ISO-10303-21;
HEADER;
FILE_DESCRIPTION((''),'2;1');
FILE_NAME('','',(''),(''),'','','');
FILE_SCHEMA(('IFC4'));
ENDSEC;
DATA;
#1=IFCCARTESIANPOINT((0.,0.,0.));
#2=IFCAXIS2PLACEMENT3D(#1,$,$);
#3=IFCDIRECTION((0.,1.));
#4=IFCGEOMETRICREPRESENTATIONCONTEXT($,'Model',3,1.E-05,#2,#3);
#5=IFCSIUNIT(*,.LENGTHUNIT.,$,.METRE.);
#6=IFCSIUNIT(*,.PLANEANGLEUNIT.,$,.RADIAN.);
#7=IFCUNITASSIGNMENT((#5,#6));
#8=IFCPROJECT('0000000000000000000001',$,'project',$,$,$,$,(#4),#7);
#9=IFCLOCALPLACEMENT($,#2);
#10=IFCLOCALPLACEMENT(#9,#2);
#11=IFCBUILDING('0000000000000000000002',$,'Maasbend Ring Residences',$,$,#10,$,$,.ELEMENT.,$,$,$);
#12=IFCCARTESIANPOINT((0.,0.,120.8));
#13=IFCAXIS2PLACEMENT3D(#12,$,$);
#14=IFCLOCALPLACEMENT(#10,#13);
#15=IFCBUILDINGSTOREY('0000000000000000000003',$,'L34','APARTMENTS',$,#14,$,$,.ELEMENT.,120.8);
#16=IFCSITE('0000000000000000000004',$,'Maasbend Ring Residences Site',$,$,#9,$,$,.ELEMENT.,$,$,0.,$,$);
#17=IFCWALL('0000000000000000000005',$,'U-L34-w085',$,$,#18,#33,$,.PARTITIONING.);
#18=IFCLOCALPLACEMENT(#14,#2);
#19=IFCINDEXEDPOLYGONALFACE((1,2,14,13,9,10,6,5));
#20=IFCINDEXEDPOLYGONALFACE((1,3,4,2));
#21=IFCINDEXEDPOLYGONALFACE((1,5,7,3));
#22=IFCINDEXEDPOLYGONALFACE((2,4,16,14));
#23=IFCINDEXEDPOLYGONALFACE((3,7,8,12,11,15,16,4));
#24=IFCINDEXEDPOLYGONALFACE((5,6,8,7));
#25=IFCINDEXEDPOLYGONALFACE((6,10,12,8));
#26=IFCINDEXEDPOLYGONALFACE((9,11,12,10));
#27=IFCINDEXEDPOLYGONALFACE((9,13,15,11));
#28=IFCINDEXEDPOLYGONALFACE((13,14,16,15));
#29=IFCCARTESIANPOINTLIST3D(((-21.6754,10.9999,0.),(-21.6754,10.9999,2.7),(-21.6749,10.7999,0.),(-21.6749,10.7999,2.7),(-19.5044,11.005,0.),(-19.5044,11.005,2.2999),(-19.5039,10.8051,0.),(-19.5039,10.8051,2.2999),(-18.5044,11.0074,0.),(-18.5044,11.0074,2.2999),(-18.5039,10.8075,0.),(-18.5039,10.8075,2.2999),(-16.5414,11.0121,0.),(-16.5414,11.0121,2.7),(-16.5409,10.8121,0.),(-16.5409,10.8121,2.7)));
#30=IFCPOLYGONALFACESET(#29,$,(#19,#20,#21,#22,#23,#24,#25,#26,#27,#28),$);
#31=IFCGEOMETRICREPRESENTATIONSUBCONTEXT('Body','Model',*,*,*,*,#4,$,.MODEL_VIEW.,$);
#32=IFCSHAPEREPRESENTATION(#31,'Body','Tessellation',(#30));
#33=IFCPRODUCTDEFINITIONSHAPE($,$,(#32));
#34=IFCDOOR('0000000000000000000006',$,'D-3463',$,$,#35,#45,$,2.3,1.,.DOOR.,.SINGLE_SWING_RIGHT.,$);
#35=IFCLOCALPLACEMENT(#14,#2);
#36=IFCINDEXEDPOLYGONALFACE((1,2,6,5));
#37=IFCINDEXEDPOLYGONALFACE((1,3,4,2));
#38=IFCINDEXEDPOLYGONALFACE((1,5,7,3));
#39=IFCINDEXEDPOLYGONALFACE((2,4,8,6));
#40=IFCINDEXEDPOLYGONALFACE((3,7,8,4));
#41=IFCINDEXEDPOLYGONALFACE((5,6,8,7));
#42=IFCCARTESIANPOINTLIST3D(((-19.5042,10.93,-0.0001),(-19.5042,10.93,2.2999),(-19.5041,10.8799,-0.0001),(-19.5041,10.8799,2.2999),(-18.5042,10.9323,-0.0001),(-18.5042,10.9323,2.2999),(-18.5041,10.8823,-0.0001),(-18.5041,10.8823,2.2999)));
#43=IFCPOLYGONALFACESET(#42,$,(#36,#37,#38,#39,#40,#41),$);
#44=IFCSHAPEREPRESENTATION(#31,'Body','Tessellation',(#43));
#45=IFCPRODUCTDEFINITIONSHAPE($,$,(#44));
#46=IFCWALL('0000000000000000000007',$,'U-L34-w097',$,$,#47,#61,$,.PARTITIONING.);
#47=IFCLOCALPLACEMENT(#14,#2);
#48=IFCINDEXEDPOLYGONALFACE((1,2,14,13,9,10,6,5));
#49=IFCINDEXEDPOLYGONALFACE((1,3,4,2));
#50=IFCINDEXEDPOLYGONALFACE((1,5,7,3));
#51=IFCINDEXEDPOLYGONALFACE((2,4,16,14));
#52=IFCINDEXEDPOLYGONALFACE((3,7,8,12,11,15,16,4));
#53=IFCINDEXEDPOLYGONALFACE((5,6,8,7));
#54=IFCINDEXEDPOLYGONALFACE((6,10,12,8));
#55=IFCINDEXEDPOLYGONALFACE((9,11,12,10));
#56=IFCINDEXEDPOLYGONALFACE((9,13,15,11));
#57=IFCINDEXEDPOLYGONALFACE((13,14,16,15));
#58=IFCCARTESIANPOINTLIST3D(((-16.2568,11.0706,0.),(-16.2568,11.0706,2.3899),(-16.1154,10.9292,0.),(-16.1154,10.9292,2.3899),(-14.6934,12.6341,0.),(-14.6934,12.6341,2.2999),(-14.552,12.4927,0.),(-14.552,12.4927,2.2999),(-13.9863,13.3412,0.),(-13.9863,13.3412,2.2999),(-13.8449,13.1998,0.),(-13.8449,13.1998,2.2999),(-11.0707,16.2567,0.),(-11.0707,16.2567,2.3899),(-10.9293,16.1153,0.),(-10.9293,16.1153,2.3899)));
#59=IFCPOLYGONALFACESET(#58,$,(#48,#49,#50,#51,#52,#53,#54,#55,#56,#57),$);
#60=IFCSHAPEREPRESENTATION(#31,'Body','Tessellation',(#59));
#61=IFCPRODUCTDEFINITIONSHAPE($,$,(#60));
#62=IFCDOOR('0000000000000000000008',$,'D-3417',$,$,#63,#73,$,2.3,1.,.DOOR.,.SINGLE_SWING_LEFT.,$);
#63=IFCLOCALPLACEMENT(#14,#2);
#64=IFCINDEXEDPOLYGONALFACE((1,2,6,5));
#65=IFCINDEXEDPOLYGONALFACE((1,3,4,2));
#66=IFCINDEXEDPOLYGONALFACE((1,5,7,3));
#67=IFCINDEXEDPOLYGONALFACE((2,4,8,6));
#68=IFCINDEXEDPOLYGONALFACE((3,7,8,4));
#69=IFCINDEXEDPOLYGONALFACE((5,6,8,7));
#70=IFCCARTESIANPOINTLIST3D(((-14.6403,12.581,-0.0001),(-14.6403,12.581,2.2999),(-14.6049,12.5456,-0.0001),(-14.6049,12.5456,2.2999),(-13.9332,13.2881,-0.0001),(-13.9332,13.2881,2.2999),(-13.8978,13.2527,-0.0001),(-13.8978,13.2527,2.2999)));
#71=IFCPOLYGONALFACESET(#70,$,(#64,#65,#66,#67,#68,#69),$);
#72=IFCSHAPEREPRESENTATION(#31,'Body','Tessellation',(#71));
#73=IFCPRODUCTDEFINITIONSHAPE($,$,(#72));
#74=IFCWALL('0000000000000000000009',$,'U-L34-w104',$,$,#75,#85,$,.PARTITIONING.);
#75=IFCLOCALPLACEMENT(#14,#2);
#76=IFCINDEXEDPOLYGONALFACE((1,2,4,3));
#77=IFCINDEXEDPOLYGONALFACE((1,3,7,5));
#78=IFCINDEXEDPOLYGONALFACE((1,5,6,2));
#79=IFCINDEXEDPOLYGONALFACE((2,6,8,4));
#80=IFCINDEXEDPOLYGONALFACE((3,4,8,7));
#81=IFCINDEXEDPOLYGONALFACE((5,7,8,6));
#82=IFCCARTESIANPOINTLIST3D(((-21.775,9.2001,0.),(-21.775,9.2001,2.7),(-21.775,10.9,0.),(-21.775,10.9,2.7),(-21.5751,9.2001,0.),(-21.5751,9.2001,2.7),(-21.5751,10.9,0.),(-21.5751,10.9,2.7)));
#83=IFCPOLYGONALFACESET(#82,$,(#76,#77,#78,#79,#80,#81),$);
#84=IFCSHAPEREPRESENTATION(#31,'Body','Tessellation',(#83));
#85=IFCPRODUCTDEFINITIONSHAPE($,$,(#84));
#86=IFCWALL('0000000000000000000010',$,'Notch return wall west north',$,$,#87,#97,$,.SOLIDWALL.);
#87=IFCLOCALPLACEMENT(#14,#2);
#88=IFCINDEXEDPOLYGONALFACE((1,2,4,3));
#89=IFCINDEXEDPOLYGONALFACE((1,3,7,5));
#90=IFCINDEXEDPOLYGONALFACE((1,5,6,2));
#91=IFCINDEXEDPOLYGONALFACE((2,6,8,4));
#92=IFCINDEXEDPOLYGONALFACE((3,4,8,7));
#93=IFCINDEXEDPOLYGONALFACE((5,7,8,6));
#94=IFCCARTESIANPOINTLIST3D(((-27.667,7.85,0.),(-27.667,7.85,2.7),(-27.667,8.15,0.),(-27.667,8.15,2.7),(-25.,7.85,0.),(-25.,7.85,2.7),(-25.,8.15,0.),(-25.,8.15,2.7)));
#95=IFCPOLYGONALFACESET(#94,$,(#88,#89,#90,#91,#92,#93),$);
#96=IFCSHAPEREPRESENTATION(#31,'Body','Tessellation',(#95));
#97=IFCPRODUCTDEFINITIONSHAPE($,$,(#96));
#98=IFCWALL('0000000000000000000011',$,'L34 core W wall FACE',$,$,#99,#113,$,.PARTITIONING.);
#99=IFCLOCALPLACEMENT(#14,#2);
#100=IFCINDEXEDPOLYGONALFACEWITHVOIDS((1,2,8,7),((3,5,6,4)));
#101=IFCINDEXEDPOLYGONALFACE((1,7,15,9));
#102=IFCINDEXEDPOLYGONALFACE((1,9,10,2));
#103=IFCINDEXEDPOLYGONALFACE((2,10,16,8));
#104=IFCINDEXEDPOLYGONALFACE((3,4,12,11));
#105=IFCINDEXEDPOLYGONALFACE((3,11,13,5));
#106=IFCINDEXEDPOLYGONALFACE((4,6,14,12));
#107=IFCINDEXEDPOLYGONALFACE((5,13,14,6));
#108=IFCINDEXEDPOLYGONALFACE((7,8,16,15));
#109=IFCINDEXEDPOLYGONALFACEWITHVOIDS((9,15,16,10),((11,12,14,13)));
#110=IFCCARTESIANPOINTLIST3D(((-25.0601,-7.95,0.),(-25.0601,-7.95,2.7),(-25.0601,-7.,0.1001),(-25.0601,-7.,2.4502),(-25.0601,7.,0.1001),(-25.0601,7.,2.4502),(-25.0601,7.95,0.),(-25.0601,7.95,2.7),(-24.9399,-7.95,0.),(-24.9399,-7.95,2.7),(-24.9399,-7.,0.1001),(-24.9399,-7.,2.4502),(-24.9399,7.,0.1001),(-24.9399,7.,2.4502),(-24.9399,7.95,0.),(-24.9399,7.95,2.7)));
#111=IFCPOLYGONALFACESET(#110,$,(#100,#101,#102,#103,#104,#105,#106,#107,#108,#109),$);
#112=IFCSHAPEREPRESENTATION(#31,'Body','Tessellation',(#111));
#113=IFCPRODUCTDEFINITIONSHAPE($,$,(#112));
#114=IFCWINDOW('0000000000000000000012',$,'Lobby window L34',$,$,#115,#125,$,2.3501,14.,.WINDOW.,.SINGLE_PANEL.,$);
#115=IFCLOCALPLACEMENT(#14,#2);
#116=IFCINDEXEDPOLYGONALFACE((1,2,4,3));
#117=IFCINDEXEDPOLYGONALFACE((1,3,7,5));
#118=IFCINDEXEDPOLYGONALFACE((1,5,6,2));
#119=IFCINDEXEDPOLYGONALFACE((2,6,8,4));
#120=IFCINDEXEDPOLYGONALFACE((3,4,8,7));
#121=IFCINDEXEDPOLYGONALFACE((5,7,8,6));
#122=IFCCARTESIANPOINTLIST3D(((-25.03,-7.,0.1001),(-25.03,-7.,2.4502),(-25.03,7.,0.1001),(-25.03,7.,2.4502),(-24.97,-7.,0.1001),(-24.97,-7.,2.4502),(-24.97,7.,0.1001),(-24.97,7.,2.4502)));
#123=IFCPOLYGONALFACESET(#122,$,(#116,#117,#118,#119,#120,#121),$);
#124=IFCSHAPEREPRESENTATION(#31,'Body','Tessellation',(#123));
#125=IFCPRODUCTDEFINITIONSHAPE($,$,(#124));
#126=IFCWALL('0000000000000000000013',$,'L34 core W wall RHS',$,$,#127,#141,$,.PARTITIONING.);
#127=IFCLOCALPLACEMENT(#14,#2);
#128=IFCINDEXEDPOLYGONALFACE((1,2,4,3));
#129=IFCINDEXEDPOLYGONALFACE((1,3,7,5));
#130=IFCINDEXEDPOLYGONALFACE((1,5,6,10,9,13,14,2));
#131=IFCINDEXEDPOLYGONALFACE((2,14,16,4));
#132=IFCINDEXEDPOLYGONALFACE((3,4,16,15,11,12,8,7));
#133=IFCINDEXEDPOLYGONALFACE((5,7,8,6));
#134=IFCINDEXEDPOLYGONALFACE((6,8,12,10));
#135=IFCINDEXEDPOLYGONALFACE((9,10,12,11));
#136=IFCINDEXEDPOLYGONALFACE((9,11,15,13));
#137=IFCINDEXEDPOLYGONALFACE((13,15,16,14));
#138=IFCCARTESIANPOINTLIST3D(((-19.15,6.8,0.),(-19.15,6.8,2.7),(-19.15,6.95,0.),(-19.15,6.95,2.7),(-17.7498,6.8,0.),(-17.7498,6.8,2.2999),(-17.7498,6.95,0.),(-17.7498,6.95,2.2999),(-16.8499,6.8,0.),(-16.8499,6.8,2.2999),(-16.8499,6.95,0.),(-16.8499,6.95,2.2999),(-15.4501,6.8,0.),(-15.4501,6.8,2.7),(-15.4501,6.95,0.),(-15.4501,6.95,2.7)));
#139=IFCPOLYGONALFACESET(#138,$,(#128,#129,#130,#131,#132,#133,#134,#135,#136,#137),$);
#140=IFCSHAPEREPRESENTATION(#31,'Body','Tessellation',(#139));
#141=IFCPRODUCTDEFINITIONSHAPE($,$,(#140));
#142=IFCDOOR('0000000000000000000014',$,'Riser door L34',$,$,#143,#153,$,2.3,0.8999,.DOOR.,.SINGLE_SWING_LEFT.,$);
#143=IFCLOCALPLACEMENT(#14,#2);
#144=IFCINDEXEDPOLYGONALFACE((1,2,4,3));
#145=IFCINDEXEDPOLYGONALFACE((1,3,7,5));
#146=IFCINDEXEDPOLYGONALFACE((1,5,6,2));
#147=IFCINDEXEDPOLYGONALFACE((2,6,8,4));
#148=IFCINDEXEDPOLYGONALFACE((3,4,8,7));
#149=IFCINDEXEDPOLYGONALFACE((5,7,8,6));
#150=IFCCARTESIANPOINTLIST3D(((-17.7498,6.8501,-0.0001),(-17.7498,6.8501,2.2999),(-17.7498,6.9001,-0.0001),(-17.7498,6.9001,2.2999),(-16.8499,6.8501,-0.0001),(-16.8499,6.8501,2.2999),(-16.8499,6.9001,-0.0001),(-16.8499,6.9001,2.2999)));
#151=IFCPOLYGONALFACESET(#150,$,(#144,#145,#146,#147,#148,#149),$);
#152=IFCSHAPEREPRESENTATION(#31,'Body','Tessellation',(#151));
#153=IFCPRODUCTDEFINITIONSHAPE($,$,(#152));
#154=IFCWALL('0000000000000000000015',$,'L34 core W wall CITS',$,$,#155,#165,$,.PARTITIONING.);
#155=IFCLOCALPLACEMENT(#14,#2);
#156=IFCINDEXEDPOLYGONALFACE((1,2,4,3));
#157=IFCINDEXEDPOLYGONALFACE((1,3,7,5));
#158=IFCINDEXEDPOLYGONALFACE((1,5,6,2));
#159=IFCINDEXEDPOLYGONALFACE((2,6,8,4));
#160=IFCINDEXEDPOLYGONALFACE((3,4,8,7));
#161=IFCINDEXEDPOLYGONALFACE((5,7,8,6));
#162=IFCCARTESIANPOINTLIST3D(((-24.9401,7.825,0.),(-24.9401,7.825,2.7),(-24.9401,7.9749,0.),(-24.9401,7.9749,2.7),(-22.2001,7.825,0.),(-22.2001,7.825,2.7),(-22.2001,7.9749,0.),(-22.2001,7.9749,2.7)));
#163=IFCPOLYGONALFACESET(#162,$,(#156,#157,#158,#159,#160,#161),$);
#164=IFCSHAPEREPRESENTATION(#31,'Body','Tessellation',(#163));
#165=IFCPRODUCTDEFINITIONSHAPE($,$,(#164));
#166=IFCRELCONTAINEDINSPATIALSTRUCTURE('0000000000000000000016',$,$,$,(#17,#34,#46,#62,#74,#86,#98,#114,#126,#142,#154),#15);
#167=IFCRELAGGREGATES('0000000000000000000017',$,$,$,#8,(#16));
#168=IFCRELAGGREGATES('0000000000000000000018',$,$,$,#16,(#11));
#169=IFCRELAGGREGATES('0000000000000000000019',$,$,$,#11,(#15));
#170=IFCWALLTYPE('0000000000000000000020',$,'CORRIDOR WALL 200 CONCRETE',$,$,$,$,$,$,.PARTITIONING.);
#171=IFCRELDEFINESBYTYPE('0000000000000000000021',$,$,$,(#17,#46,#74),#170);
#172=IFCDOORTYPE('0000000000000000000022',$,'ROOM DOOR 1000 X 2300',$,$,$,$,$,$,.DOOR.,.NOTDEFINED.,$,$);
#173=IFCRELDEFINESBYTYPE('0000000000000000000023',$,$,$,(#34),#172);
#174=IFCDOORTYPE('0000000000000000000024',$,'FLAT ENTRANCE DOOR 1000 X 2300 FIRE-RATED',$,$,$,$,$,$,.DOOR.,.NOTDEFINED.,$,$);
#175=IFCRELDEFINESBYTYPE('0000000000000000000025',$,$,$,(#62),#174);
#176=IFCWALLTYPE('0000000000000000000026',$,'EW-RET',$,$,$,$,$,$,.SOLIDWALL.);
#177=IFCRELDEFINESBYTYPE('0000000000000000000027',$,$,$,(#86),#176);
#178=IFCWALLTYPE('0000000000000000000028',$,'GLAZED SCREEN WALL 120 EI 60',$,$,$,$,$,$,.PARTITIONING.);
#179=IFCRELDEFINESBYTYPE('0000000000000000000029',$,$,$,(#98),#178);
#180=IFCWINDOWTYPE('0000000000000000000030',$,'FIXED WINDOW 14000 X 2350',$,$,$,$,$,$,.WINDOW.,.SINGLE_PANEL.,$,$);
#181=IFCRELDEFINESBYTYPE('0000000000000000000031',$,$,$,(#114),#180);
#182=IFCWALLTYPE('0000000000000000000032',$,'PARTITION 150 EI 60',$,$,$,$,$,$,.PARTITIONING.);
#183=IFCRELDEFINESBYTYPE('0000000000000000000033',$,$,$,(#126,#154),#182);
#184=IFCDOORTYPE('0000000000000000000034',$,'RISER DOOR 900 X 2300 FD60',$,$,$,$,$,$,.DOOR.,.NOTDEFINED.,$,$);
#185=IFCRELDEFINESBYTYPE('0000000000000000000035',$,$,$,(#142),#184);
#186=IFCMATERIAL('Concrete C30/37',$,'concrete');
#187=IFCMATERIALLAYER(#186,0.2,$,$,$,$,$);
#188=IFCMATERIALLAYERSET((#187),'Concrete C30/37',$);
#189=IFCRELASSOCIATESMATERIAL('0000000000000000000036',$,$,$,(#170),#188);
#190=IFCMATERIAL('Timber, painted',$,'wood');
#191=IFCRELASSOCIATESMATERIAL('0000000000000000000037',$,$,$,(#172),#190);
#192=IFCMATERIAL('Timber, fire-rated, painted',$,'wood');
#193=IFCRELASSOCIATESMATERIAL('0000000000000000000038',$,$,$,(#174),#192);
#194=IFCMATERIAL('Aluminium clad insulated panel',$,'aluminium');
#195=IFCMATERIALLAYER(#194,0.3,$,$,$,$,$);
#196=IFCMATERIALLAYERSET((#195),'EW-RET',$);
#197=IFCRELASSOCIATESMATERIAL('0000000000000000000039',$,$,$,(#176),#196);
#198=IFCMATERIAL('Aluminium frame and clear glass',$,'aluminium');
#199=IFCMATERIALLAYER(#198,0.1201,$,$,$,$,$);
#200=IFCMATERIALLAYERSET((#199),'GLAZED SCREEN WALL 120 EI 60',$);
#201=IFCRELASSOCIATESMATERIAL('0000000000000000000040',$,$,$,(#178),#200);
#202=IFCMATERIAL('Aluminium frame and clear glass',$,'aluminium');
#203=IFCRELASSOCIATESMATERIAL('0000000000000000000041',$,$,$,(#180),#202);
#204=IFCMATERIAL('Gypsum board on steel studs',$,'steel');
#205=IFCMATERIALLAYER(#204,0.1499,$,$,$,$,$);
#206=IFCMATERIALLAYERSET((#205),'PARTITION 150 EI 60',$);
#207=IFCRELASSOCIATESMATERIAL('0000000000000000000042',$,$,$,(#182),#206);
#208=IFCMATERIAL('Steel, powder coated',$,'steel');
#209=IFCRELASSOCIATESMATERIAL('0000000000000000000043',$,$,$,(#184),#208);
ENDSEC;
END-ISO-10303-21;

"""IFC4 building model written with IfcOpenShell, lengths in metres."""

from ifc_helpers import new_model, si_unit, direction, frame, frame_2d, origin, place, context, subcontext, project, spatial, rectangle, extrude, material, layer, layer_set, type_object, element, fill, save


model = new_model("IFC4")

# Units and contexts
model_context = context("Model", 3, precision=1e-05, world=origin(), true_north=direction((0.0, 1.0)))
body_context = subcontext(model_context, "Body", "Model", "MODEL_VIEW")
ifc_project = project(units=[si_unit("LENGTHUNIT", "METRE"), si_unit("PLANEANGLEUNIT", "RADIAN")], contexts=[model_context])

# Site, building, storey
site_placement = place(None, origin())
site = spatial("IfcSite", under=ifc_project, at=site_placement, Name="Maasbend Ring Residences Site", CompositionType="ELEMENT", RefElevation=0.0)
building_placement = place(site_placement, origin())
building = spatial("IfcBuilding", under=site, at=building_placement, Name="Maasbend Ring Residences", CompositionType="ELEMENT")
storey_placement = place(building_placement, frame((0.0, 0.0, 120.8)))
storey = spatial("IfcBuildingStorey", under=building, at=storey_placement, Name="L34", Description="APARTMENTS", CompositionType="ELEMENT", Elevation=120.8)

# Walls, openings, doors
ifc_material_1 = material(Name="Concrete C30/37", Category="concrete")
ifc_layer_1 = layer(ifc_material_1, 0.2)
ifc_layer_set_1 = layer_set([ifc_layer_1], Name="Concrete C30/37")
wall_type_1 = type_object("IfcWallType", Name="CORRIDOR WALL 200 CONCRETE", PredefinedType="PARTITIONING", material=ifc_layer_set_1)
wall_1_placement = place(storey_placement, frame((-21.675, 10.8999, 0.0), z_axis=(0.0, 0.0, 1.0), x_axis=(0.999997, 0.002378, 0.0)))
wall_1 = element("IfcWall", 1, at=wall_1_placement, inside=storey, type_object=wall_type_1, Name="U-L34-w085", PredefinedType="PARTITIONING", context=body_context, shape_type="SweptSolid", body=[
    extrude(rectangle(XDim=5.134, YDim=0.2, at=frame_2d((2.5669, 0.0))), origin(), (0.0, 0.0, 1.0), 2.7),
])
opening_1_placement = place(wall_1_placement, frame((2.1709, 0.0, 0.0)))
opening_1 = element("IfcOpeningElement", 2, at=opening_1_placement, cuts=wall_1, PredefinedType="OPENING", context=body_context, shape_type="SweptSolid", body=[
    extrude(rectangle(XDim=1.0, YDim=2.3, at=frame_2d((0.5, 1.1499))), frame((0.0, 0.1099, 0.0), z_axis=(0.0, -1.0, 0.0), x_axis=(1.0, 0.0, 0.0)), (0.0, 0.0, 1.0), 0.22),
])
ifc_material_2 = material(Name="Timber, painted", Category="wood")
door_type_1 = type_object("IfcDoorType", Name="ROOM DOOR 1000 X 2300", OperationType="NOTDEFINED", PredefinedType="DOOR", material=ifc_material_2)
door_1_placement = place(opening_1_placement, origin())
door_1 = element("IfcDoor", 3, at=door_1_placement, inside=storey, type_object=door_type_1, Name="D-3463", OperationType="SINGLE_SWING_RIGHT", OverallHeight=2.3, OverallWidth=1.0, PredefinedType="DOOR", context=body_context, shape_type="SweptSolid", body=[
    extrude(rectangle(XDim=1.0, YDim=2.3, at=frame_2d((0.5, 1.1499))), frame((0.0, 0.0249, 0.0), z_axis=(0.0, -1.0, 0.0), x_axis=(1.0, 0.0, 0.0)), (0.0, 0.0, 1.0), 0.05),
])
fill(opening_1, door_1)
wall_2_placement = place(storey_placement, frame((-16.186, 11.0, 0.0), z_axis=(0.0, 0.0, 1.0), x_axis=(0.707107, 0.707107, 0.0)))
wall_2 = element("IfcWall", 4, at=wall_2_placement, inside=storey, type_object=wall_type_1, Name="U-L34-w097", PredefinedType="PARTITIONING", context=body_context, shape_type="SweptSolid", body=[
    extrude(rectangle(XDim=7.3342, YDim=0.2, at=frame_2d((3.667, 0.0))), origin(), (0.0, 0.0, 1.0), 2.3899),
])
opening_2_placement = place(wall_2_placement, frame((2.2109, 0.0, 0.0)))
opening_2 = element("IfcOpeningElement", 5, at=opening_2_placement, cuts=wall_2, PredefinedType="OPENING", context=body_context, shape_type="SweptSolid", body=[
    extrude(rectangle(XDim=1.0, YDim=2.3, at=frame_2d((0.5, 1.1499))), frame((0.0, 0.1099, 0.0), z_axis=(0.0, -1.0, 0.0), x_axis=(1.0, 0.0, 0.0)), (0.0, 0.0, 1.0), 0.22),
])
ifc_material_3 = material(Name="Timber, fire-rated, painted", Category="wood")
door_type_2 = type_object("IfcDoorType", Name="FLAT ENTRANCE DOOR 1000 X 2300 FIRE-RATED", OperationType="NOTDEFINED", PredefinedType="DOOR", material=ifc_material_3)
door_2_placement = place(opening_2_placement, origin())
door_2 = element("IfcDoor", 6, at=door_2_placement, inside=storey, type_object=door_type_2, Name="D-3417", OperationType="SINGLE_SWING_LEFT", OverallHeight=2.3, OverallWidth=1.0, PredefinedType="DOOR", context=body_context, shape_type="SweptSolid", body=[
    extrude(rectangle(XDim=1.0, YDim=2.3, at=frame_2d((0.5, 1.1499))), frame((0.0, 0.0249, 0.0), z_axis=(0.0, -1.0, 0.0), x_axis=(1.0, 0.0, 0.0)), (0.0, 0.0, 1.0), 0.05),
])
fill(opening_2, door_2)

# Walls
wall_3_placement = place(storey_placement, frame((-21.675, 9.2, 0.0), z_axis=(0.0, 0.0, 1.0), x_axis=(0.0, 1.0, 0.0)))
element("IfcWall", 7, at=wall_3_placement, inside=storey, type_object=wall_type_1, Name="U-L34-w104", PredefinedType="PARTITIONING", context=body_context, shape_type="SweptSolid", body=[
    extrude(rectangle(XDim=1.7, YDim=0.2, at=frame_2d((0.8501, 0.0))), origin(), (0.0, 0.0, 1.0), 2.7),
])
ifc_material_4 = material(Name="Aluminium clad insulated panel", Category="aluminium")
ifc_layer_2 = layer(ifc_material_4, 0.3)
ifc_layer_set_2 = layer_set([ifc_layer_2], Name="EW-RET")
wall_type_2 = type_object("IfcWallType", Name="EW-RET", PredefinedType="SOLIDWALL", material=ifc_layer_set_2)
wall_4_placement = place(storey_placement, frame((-25.0, 8.0, 0.0), z_axis=(0.0, 0.0, 1.0), x_axis=(-1.0, 0.0, 0.0)))
element("IfcWall", 8, at=wall_4_placement, inside=storey, type_object=wall_type_2, Name="Notch return wall west north", PredefinedType="SOLIDWALL", context=body_context, shape_type="SweptSolid", body=[
    extrude(rectangle(XDim=2.667, YDim=0.3, at=frame_2d((1.3335, 0.0))), origin(), (0.0, 0.0, 1.0), 2.7),
])

# Wall, opening, window
ifc_material_5 = material(Name="Aluminium frame and clear glass", Category="aluminium")
ifc_layer_3 = layer(ifc_material_5, 0.1201)
ifc_layer_set_3 = layer_set([ifc_layer_3], Name="GLAZED SCREEN WALL 120 EI 60")
wall_type_3 = type_object("IfcWallType", Name="GLAZED SCREEN WALL 120 EI 60", PredefinedType="PARTITIONING", material=ifc_layer_set_3)
wall_5_placement = place(storey_placement, frame((-25.0, 7.95, 0.0), z_axis=(0.0, 0.0, 1.0), x_axis=(0.0, -1.0, 0.0)))
wall_5 = element("IfcWall", 9, at=wall_5_placement, inside=storey, type_object=wall_type_3, Name="L34 core W wall FACE", PredefinedType="PARTITIONING", context=body_context, shape_type="SweptSolid", body=[
    extrude(rectangle(XDim=15.8999, YDim=0.1201, at=frame_2d((7.95, 0.0))), origin(), (0.0, 0.0, 1.0), 2.7),
])
opening_3_placement = place(wall_5_placement, frame((0.95, 0.0, 0.1001)))
opening_3 = element("IfcOpeningElement", 10, at=opening_3_placement, cuts=wall_5, PredefinedType="OPENING", context=body_context, shape_type="SweptSolid", body=[
    extrude(rectangle(XDim=14.0, YDim=2.3501, at=frame_2d((7.0, 1.175))), frame((0.0, 0.0701, 0.0), z_axis=(0.0, -1.0, 0.0), x_axis=(1.0, 0.0, 0.0)), (0.0, 0.0, 1.0), 0.1401),
])
ifc_material_6 = material(Name="Aluminium frame and clear glass", Category="aluminium")
window_type = type_object("IfcWindowType", Name="FIXED WINDOW 14000 X 2350", PartitioningType="SINGLE_PANEL", PredefinedType="WINDOW", material=ifc_material_6)
window_placement = place(opening_3_placement, origin())
window = element("IfcWindow", 11, at=window_placement, inside=storey, type_object=window_type, Name="Lobby window L34", OverallHeight=2.3501, OverallWidth=14.0, PartitioningType="SINGLE_PANEL", PredefinedType="WINDOW", context=body_context, shape_type="SweptSolid", body=[
    extrude(rectangle(XDim=14.0, YDim=2.3501, at=frame_2d((7.0, 1.175))), frame((0.0, 0.03, 0.0), z_axis=(0.0, -1.0, 0.0), x_axis=(1.0, 0.0, 0.0)), (0.0, 0.0, 1.0), 0.0601),
])
fill(opening_3, window)

# Wall, opening, door
ifc_material_7 = material(Name="Gypsum board on steel studs", Category="steel")
ifc_layer_4 = layer(ifc_material_7, 0.1499)
ifc_layer_set_4 = layer_set([ifc_layer_4], Name="PARTITION 150 EI 60")
wall_type_4 = type_object("IfcWallType", Name="PARTITION 150 EI 60", PredefinedType="PARTITIONING", material=ifc_layer_set_4)
wall_6_placement = place(storey_placement, frame((-15.45, 6.875, 0.0), z_axis=(0.0, 0.0, 1.0), x_axis=(-1.0, 0.0, 0.0)))
wall_6 = element("IfcWall", 12, at=wall_6_placement, inside=storey, type_object=wall_type_4, Name="L34 core W wall RHS", PredefinedType="PARTITIONING", context=body_context, shape_type="SweptSolid", body=[
    extrude(rectangle(XDim=3.7, YDim=0.1499, at=frame_2d((1.8501, 0.0))), origin(), (0.0, 0.0, 1.0), 2.7),
])
opening_4_placement = place(wall_6_placement, frame((1.3999, 0.0, 0.0)))
opening_4 = element("IfcOpeningElement", 13, at=opening_4_placement, cuts=wall_6, PredefinedType="OPENING", context=body_context, shape_type="SweptSolid", body=[
    extrude(rectangle(XDim=0.8999, YDim=2.3, at=frame_2d((0.45, 1.1499))), frame((0.0, 0.085, 0.0), z_axis=(0.0, -1.0, 0.0), x_axis=(1.0, 0.0, 0.0)), (0.0, 0.0, 1.0), 0.1699),
])
ifc_material_8 = material(Name="Steel, powder coated", Category="steel")
door_type_3 = type_object("IfcDoorType", Name="RISER DOOR 900 X 2300 FD60", OperationType="NOTDEFINED", PredefinedType="DOOR", material=ifc_material_8)
door_3_placement = place(opening_4_placement, origin())
door_3 = element("IfcDoor", 14, at=door_3_placement, inside=storey, type_object=door_type_3, Name="Riser door L34", OperationType="SINGLE_SWING_LEFT", OverallHeight=2.3, OverallWidth=0.8999, PredefinedType="DOOR", context=body_context, shape_type="SweptSolid", body=[
    extrude(rectangle(XDim=0.8999, YDim=2.3, at=frame_2d((0.45, 1.1499))), frame((0.0, 0.0249, 0.0), z_axis=(0.0, -1.0, 0.0), x_axis=(1.0, 0.0, 0.0)), (0.0, 0.0, 1.0), 0.05),
])
fill(opening_4, door_3)

# Wall
wall_7_placement = place(storey_placement, frame((-22.2, 7.8999, 0.0), z_axis=(0.0, 0.0, 1.0), x_axis=(-1.0, 0.0, 0.0)))
element("IfcWall", 15, at=wall_7_placement, inside=storey, type_object=wall_type_4, Name="L34 core W wall CITS", PredefinedType="PARTITIONING", context=body_context, shape_type="SweptSolid", body=[
    extrude(rectangle(XDim=2.74, YDim=0.1499, at=frame_2d((1.3701, 0.0))), origin(), (0.0, 0.0, 1.0), 2.7),
])

save(model, "model.ifc")
